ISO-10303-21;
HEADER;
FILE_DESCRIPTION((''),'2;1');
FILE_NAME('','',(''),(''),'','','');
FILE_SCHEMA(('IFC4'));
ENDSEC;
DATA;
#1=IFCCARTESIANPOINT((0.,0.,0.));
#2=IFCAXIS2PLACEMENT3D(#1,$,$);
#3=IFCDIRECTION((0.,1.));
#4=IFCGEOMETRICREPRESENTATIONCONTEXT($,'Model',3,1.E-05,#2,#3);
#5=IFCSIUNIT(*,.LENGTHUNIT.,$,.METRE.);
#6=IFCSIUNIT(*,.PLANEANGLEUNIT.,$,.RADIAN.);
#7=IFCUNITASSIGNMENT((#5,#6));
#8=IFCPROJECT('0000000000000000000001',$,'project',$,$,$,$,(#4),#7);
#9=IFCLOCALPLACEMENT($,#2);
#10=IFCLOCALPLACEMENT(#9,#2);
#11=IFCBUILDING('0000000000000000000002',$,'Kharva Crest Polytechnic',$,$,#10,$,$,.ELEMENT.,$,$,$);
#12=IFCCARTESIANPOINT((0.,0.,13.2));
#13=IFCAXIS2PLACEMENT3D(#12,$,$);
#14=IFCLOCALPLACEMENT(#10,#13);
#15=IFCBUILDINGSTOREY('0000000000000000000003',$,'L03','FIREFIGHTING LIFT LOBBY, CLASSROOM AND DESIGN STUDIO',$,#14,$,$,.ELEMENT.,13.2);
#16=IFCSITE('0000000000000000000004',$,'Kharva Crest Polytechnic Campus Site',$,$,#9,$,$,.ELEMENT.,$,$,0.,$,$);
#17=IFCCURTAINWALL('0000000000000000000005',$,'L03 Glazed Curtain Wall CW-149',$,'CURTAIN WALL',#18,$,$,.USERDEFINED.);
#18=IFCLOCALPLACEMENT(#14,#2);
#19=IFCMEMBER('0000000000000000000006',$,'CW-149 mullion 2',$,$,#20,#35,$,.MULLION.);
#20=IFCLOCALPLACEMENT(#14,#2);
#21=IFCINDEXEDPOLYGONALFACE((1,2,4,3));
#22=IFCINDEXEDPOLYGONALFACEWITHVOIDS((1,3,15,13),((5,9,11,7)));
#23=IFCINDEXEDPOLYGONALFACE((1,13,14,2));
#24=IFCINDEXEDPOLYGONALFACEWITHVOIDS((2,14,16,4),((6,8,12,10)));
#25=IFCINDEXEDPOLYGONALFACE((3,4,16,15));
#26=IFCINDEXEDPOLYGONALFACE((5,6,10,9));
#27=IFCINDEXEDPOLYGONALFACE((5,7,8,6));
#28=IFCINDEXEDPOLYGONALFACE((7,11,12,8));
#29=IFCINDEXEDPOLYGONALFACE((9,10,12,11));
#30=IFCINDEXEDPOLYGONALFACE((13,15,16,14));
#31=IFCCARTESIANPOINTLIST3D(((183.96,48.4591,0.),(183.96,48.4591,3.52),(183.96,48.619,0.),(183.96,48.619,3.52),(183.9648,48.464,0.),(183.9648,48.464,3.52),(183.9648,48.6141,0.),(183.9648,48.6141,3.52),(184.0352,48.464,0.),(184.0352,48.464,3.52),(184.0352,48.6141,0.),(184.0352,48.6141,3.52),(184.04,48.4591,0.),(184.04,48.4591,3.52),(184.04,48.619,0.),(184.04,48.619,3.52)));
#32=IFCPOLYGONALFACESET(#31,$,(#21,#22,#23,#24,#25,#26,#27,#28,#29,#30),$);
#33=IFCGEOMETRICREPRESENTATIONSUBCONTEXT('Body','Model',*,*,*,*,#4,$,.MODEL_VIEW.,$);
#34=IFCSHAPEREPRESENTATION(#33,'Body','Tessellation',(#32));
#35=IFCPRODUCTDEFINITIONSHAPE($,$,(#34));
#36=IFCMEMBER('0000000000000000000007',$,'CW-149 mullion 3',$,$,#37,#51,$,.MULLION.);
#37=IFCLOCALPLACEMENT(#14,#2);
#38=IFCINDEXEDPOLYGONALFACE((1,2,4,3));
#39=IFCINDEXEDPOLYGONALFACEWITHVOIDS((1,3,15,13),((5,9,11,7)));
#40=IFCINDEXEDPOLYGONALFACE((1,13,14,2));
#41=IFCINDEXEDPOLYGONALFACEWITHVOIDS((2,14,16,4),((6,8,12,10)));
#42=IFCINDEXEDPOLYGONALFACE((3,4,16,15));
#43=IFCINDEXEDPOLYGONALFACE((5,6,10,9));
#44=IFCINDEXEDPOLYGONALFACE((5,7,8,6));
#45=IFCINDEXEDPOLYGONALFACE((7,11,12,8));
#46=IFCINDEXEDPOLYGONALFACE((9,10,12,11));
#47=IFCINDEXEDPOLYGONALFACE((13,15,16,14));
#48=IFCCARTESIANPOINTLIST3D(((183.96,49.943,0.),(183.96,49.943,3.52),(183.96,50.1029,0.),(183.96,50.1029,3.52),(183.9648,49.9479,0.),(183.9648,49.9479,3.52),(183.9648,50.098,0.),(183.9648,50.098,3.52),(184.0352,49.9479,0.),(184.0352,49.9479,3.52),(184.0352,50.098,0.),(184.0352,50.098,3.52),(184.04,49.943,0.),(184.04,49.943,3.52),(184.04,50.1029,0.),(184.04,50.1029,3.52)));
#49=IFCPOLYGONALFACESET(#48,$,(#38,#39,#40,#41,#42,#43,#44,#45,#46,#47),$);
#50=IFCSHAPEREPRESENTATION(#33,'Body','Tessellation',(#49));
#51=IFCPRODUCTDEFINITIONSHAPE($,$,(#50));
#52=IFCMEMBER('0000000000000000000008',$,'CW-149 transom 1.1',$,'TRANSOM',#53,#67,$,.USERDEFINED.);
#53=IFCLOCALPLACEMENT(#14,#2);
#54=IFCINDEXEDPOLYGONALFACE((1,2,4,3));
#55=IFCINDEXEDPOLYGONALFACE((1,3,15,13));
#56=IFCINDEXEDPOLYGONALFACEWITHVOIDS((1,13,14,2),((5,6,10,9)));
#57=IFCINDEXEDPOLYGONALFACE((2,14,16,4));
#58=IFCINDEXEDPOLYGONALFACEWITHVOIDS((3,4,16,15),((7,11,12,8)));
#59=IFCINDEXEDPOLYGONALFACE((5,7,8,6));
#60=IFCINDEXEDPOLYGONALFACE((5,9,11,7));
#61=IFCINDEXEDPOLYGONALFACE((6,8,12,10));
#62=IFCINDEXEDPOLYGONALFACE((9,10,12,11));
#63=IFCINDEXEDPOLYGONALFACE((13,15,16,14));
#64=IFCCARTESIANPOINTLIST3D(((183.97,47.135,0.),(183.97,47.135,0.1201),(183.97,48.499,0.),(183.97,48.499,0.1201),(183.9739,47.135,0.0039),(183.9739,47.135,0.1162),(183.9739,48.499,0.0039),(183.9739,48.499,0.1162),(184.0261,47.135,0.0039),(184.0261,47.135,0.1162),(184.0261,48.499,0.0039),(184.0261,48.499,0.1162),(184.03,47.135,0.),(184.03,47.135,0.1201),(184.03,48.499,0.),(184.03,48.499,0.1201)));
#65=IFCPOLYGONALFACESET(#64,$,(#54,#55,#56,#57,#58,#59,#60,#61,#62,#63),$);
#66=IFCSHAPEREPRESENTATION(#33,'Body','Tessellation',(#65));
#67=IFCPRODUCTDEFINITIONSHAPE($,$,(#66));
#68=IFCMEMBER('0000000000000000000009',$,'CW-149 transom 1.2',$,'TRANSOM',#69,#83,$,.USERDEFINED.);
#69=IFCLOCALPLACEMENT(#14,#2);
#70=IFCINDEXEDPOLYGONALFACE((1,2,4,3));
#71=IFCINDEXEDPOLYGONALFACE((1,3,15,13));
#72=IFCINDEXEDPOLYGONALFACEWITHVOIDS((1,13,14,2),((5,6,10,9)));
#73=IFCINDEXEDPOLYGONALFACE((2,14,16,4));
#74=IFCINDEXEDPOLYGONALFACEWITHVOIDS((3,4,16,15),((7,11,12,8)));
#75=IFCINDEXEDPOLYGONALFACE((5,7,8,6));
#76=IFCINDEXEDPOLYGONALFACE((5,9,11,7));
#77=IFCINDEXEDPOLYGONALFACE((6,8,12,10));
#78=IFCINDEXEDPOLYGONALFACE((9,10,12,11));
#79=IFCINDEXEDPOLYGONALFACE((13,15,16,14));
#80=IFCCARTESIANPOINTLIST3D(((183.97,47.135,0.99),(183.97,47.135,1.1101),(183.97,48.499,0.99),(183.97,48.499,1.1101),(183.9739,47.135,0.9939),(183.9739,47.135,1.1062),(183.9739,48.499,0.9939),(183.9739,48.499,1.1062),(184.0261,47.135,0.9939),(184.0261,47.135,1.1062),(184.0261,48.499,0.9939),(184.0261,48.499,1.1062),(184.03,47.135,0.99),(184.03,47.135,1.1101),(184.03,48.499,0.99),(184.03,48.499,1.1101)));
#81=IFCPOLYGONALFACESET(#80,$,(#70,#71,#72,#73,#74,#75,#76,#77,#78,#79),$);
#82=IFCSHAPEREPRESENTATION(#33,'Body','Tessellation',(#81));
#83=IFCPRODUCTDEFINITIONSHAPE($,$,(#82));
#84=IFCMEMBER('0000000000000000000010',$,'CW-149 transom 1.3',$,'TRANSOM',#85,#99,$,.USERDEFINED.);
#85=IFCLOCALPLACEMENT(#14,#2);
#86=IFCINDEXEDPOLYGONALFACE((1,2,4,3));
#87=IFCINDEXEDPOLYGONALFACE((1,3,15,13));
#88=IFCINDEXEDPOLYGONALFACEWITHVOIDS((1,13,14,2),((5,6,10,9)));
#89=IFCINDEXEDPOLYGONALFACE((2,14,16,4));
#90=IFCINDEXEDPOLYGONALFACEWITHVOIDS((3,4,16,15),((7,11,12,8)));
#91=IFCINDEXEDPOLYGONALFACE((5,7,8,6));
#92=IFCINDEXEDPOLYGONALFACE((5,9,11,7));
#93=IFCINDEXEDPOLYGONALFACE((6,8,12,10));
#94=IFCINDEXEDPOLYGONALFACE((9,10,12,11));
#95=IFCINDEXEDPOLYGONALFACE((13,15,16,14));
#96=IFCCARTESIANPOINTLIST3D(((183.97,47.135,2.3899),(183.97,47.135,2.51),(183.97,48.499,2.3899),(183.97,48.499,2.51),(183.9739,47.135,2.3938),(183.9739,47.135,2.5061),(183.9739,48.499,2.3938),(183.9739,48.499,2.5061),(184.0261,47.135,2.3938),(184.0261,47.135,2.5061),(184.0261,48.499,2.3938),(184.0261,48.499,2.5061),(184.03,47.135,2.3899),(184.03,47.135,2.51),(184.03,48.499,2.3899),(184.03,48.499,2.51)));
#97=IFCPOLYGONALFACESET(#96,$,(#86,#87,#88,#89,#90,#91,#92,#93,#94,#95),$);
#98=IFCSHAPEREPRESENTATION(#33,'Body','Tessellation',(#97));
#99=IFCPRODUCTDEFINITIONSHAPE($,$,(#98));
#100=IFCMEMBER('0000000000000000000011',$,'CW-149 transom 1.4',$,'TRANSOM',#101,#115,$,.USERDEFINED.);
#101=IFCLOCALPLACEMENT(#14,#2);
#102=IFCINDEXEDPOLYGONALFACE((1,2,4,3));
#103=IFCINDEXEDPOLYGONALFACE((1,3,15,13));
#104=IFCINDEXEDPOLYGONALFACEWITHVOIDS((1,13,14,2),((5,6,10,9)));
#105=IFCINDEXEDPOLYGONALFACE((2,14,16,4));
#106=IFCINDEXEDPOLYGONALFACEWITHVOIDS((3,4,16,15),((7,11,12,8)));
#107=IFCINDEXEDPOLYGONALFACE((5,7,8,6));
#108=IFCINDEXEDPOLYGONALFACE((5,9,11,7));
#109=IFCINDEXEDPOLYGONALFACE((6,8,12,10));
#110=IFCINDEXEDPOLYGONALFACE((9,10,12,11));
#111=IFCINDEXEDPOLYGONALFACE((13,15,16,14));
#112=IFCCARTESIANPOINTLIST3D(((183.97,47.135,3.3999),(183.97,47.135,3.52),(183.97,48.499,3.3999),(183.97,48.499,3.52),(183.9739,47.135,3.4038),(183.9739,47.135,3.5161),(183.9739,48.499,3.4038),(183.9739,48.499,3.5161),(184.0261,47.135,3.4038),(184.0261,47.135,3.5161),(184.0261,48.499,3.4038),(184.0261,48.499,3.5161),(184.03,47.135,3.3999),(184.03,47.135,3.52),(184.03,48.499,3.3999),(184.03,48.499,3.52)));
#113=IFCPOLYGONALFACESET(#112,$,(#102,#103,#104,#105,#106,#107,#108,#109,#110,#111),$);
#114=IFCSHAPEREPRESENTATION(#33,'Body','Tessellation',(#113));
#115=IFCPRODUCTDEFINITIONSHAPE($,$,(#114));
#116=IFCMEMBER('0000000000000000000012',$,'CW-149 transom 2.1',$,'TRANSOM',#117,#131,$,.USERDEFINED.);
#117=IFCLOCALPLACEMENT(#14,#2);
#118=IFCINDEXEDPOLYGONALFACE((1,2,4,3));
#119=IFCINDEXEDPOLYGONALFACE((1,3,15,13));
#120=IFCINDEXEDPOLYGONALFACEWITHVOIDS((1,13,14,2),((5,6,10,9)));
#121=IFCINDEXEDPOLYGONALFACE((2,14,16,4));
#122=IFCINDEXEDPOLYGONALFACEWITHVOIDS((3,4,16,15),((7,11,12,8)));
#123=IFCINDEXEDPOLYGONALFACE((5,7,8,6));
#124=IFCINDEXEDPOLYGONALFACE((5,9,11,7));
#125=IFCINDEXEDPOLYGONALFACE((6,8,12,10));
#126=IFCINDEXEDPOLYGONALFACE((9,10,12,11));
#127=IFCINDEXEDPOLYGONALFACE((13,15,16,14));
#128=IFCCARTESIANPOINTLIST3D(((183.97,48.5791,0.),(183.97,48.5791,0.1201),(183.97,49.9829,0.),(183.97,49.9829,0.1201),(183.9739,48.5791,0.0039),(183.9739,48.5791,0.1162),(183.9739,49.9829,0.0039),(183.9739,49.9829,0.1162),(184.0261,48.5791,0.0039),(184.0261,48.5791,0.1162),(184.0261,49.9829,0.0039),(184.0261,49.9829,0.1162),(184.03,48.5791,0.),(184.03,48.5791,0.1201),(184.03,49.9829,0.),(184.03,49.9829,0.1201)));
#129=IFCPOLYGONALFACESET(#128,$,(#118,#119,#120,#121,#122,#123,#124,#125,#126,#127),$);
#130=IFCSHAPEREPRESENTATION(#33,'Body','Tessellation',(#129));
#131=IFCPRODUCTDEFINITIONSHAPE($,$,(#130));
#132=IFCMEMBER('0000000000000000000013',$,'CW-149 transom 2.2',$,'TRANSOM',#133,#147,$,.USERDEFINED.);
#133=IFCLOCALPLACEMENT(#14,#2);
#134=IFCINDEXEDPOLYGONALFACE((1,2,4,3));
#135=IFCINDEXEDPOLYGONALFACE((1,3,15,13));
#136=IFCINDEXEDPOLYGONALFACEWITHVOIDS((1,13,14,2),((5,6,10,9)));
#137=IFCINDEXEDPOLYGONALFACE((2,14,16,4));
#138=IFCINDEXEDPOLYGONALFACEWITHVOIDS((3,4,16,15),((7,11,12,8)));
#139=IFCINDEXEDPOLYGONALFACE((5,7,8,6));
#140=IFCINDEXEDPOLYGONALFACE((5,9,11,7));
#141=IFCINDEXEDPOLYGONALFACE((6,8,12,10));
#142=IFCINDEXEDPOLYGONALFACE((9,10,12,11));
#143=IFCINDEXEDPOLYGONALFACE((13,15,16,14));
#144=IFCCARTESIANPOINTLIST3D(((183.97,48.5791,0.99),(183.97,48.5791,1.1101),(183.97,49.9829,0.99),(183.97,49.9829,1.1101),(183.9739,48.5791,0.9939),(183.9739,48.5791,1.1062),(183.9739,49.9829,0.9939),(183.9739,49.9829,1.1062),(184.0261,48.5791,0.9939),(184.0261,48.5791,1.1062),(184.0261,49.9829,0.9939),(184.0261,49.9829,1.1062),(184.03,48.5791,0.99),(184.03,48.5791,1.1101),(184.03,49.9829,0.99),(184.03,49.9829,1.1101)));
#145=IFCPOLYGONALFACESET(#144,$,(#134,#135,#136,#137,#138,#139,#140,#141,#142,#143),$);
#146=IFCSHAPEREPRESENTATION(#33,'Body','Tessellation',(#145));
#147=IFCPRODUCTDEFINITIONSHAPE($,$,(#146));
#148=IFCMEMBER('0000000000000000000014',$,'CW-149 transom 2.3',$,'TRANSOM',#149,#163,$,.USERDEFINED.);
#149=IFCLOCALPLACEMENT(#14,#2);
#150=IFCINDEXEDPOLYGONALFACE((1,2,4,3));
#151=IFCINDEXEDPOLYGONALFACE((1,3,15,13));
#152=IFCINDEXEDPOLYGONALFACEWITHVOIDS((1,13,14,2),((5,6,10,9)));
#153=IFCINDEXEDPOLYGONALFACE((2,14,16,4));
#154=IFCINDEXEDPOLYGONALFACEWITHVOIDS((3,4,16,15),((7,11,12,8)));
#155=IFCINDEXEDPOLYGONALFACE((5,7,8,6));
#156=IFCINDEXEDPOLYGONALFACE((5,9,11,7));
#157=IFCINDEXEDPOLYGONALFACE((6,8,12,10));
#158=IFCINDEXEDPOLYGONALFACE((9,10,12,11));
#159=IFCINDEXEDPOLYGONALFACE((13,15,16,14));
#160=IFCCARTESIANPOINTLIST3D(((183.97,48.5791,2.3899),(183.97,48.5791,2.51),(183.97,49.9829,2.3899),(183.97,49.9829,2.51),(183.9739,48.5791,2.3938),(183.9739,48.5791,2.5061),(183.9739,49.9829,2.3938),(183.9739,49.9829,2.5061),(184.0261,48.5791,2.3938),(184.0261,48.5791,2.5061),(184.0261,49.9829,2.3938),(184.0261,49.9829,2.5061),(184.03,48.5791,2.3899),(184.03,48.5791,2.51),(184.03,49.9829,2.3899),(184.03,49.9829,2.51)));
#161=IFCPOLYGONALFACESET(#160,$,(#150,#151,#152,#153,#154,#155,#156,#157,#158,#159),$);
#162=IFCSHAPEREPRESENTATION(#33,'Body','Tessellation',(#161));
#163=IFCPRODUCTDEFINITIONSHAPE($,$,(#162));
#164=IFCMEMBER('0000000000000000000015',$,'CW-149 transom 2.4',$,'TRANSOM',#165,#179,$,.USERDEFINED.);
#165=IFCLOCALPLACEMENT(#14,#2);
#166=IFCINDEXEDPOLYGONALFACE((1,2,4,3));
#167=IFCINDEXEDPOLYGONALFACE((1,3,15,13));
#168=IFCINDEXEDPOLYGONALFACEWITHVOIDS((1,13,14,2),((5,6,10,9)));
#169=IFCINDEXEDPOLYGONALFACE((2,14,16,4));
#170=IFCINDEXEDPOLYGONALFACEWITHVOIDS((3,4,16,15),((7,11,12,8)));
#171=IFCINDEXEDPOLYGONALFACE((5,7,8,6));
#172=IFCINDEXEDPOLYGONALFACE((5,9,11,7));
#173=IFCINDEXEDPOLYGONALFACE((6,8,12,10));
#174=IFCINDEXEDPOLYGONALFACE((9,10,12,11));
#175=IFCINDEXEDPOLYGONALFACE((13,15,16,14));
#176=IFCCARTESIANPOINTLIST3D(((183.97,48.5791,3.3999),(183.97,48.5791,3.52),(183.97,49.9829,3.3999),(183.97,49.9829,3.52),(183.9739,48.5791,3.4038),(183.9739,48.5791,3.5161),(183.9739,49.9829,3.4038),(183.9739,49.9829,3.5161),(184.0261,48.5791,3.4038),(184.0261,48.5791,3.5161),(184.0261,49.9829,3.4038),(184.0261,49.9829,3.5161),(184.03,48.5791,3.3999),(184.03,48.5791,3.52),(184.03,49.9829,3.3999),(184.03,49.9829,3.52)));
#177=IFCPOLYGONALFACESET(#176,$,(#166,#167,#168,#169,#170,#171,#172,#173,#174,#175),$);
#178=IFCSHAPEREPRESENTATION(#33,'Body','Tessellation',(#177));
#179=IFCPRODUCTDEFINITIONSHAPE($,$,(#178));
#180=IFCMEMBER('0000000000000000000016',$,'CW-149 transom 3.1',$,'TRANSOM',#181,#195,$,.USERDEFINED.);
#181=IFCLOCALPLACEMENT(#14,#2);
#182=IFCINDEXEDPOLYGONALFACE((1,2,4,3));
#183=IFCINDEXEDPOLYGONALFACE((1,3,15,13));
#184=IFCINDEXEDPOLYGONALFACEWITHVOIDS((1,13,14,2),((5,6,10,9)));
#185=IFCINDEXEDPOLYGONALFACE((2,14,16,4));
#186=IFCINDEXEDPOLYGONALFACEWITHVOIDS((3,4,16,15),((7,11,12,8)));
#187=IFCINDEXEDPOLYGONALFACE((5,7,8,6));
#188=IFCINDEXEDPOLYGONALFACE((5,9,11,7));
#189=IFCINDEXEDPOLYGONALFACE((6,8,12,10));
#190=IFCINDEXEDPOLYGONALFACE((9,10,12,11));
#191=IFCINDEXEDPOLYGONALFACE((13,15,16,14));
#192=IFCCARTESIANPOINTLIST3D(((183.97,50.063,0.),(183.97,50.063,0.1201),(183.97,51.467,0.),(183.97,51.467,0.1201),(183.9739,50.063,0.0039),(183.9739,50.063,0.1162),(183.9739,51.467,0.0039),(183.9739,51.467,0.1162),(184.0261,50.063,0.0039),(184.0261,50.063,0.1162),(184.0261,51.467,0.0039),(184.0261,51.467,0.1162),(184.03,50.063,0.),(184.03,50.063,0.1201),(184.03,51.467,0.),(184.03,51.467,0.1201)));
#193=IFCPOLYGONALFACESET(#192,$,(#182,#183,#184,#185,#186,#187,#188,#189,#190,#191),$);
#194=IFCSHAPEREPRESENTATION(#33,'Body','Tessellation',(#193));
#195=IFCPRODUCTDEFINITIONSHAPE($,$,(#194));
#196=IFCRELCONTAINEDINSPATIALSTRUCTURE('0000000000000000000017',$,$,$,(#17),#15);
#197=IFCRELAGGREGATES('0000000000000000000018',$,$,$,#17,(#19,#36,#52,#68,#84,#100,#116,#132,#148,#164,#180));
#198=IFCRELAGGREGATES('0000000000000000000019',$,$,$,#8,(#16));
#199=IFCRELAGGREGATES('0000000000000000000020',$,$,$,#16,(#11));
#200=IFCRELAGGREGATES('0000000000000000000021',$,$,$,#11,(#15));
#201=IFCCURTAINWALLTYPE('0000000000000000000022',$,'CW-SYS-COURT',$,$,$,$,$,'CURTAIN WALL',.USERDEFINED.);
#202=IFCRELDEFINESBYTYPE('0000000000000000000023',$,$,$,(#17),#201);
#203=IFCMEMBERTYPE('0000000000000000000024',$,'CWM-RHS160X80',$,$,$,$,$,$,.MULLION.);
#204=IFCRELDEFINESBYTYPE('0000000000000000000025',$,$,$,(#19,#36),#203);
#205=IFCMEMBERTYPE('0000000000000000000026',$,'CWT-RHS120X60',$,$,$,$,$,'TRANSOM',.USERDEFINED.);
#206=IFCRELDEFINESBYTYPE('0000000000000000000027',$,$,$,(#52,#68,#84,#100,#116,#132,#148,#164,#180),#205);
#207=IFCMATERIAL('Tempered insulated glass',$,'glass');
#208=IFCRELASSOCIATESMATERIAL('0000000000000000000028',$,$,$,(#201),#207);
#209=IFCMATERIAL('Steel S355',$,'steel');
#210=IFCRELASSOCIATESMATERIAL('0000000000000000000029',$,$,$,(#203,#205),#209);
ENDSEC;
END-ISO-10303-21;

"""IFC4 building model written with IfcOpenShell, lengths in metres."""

from ifc_helpers import new_model, si_unit, direction, frame, origin, origin_2d, place, context, subcontext, project, spatial, hollow_rectangle, extrude, material, material_profile, profile_set, type_object, element, aggregate, save


model = new_model("IFC4")

# Units and contexts
model_context = context("Model", 3, precision=1e-05, world=origin(), true_north=direction((0.0, 1.0)))
body_context = subcontext(model_context, "Body", "Model", "MODEL_VIEW")
ifc_project = project(units=[si_unit("LENGTHUNIT", "METRE"), si_unit("PLANEANGLEUNIT", "RADIAN")], contexts=[model_context])

# Site, building, storey
site_placement = place(None, origin())
site = spatial("IfcSite", under=ifc_project, at=site_placement, Name="Kharva Crest Polytechnic Campus Site", CompositionType="ELEMENT", RefElevation=0.0)
building_placement = place(site_placement, origin())
building = spatial("IfcBuilding", under=site, at=building_placement, Name="Kharva Crest Polytechnic", CompositionType="ELEMENT")
storey_placement = place(building_placement, frame((0.0, 0.0, 13.2)))
storey = spatial("IfcBuildingStorey", under=building, at=storey_placement, Name="L03", Description="FIREFIGHTING LIFT LOBBY, CLASSROOM AND DESIGN STUDIO", CompositionType="ELEMENT", Elevation=13.2)

# Curtain wall, members
ifc_material_1 = material(Name="Tempered insulated glass", Category="glass")
curtain_wall_type = type_object("IfcCurtainWallType", Name="CW-SYS-COURT", ElementType="CURTAIN WALL", PredefinedType="USERDEFINED", material=ifc_material_1)
curtain_wall_placement = place(storey_placement, origin())
curtain_wall = element("IfcCurtainWall", 1, at=curtain_wall_placement, inside=storey, type_object=curtain_wall_type, Name="L03 Glazed Curtain Wall CW-149", ObjectType="CURTAIN WALL", PredefinedType="USERDEFINED")
ifc_material_2 = material(Name="Steel S355", Category="steel")
ifc_material_profile_1 = material_profile(ifc_material_2, hollow_rectangle(XDim=0.0801, YDim=0.1599, WallThickness=0.0049, at=origin_2d()), Name="RHS 160X80X5.0")
ifc_profile_set_1 = profile_set([ifc_material_profile_1], Name="Steel S355")
member_type_1 = type_object("IfcMemberType", Name="CWM-RHS160X80", PredefinedType="MULLION", material=ifc_profile_set_1)
member_1_placement = place(storey_placement, frame((184.0, 48.5391, 0.0), z_axis=(0.0, 0.0, 1.0), x_axis=(-1.0, 0.0, 0.0)))
member_1 = element("IfcMember", 2, at=member_1_placement, type_object=member_type_1, Name="CW-149 mullion 2", PredefinedType="MULLION", context=body_context, shape_type="SweptSolid", body=[
    extrude(hollow_rectangle(XDim=0.0801, YDim=0.1599, WallThickness=0.0049, at=origin_2d()), origin(), (0.0, 0.0, 1.0), 3.52),
])
member_2_placement = place(storey_placement, frame((184.0, 50.0229, 0.0), z_axis=(0.0, 0.0, 1.0), x_axis=(-1.0, 0.0, 0.0)))
member_2 = element("IfcMember", 3, at=member_2_placement, type_object=member_type_1, Name="CW-149 mullion 3", PredefinedType="MULLION", context=body_context, shape_type="SweptSolid", body=[
    extrude(hollow_rectangle(XDim=0.0801, YDim=0.1599, WallThickness=0.0049, at=origin_2d()), origin(), (0.0, 0.0, 1.0), 3.52),
])
ifc_material_profile_2 = material_profile(ifc_material_2, hollow_rectangle(XDim=0.0601, YDim=0.1201, WallThickness=0.0039, at=origin_2d()), Name="RHS 120X60X4.0")
ifc_profile_set_2 = profile_set([ifc_material_profile_2], Name="Steel S355")
member_type_2 = type_object("IfcMemberType", Name="CWT-RHS120X60", ElementType="TRANSOM", PredefinedType="USERDEFINED", material=ifc_profile_set_2)
member_3_placement = place(storey_placement, frame((184.0, 47.135, 0.0601), z_axis=(0.0, 1.0, 0.0), x_axis=(-1.0, 0.0, 0.0)))
member_3 = element("IfcMember", 4, at=member_3_placement, type_object=member_type_2, Name="CW-149 transom 1.1", ObjectType="TRANSOM", PredefinedType="USERDEFINED", context=body_context, shape_type="SweptSolid", body=[
    extrude(hollow_rectangle(XDim=0.0601, YDim=0.1201, WallThickness=0.0039, at=origin_2d()), origin(), (0.0, 0.0, 1.0), 1.364),
])
member_4_placement = place(storey_placement, frame((184.0, 47.135, 1.05), z_axis=(0.0, 1.0, 0.0), x_axis=(-1.0, 0.0, 0.0)))
member_4 = element("IfcMember", 5, at=member_4_placement, type_object=member_type_2, Name="CW-149 transom 1.2", ObjectType="TRANSOM", PredefinedType="USERDEFINED", context=body_context, shape_type="SweptSolid", body=[
    extrude(hollow_rectangle(XDim=0.0601, YDim=0.1201, WallThickness=0.0039, at=origin_2d()), origin(), (0.0, 0.0, 1.0), 1.364),
])
member_5_placement = place(storey_placement, frame((184.0, 47.135, 2.45), z_axis=(0.0, 1.0, 0.0), x_axis=(-1.0, 0.0, 0.0)))
member_5 = element("IfcMember", 6, at=member_5_placement, type_object=member_type_2, Name="CW-149 transom 1.3", ObjectType="TRANSOM", PredefinedType="USERDEFINED", context=body_context, shape_type="SweptSolid", body=[
    extrude(hollow_rectangle(XDim=0.0601, YDim=0.1201, WallThickness=0.0039, at=origin_2d()), origin(), (0.0, 0.0, 1.0), 1.364),
])
member_6_placement = place(storey_placement, frame((184.0, 47.135, 3.46), z_axis=(0.0, 1.0, 0.0), x_axis=(-1.0, 0.0, 0.0)))
member_6 = element("IfcMember", 7, at=member_6_placement, type_object=member_type_2, Name="CW-149 transom 1.4", ObjectType="TRANSOM", PredefinedType="USERDEFINED", context=body_context, shape_type="SweptSolid", body=[
    extrude(hollow_rectangle(XDim=0.0601, YDim=0.1201, WallThickness=0.0039, at=origin_2d()), origin(), (0.0, 0.0, 1.0), 1.364),
])
member_7_placement = place(storey_placement, frame((184.0, 48.5791, 0.0601), z_axis=(0.0, 1.0, 0.0), x_axis=(-1.0, 0.0, 0.0)))
member_7 = element("IfcMember", 8, at=member_7_placement, type_object=member_type_2, Name="CW-149 transom 2.1", ObjectType="TRANSOM", PredefinedType="USERDEFINED", context=body_context, shape_type="SweptSolid", body=[
    extrude(hollow_rectangle(XDim=0.0601, YDim=0.1201, WallThickness=0.0039, at=origin_2d()), origin(), (0.0, 0.0, 1.0), 1.4038),
])
member_8_placement = place(storey_placement, frame((184.0, 48.5791, 1.05), z_axis=(0.0, 1.0, 0.0), x_axis=(-1.0, 0.0, 0.0)))
member_8 = element("IfcMember", 9, at=member_8_placement, type_object=member_type_2, Name="CW-149 transom 2.2", ObjectType="TRANSOM", PredefinedType="USERDEFINED", context=body_context, shape_type="SweptSolid", body=[
    extrude(hollow_rectangle(XDim=0.0601, YDim=0.1201, WallThickness=0.0039, at=origin_2d()), origin(), (0.0, 0.0, 1.0), 1.4038),
])
member_9_placement = place(storey_placement, frame((184.0, 48.5791, 2.45), z_axis=(0.0, 1.0, 0.0), x_axis=(-1.0, 0.0, 0.0)))
member_9 = element("IfcMember", 10, at=member_9_placement, type_object=member_type_2, Name="CW-149 transom 2.3", ObjectType="TRANSOM", PredefinedType="USERDEFINED", context=body_context, shape_type="SweptSolid", body=[
    extrude(hollow_rectangle(XDim=0.0601, YDim=0.1201, WallThickness=0.0039, at=origin_2d()), origin(), (0.0, 0.0, 1.0), 1.4038),
])
member_10_placement = place(storey_placement, frame((184.0, 48.5791, 3.46), z_axis=(0.0, 1.0, 0.0), x_axis=(-1.0, 0.0, 0.0)))
member_10 = element("IfcMember", 11, at=member_10_placement, type_object=member_type_2, Name="CW-149 transom 2.4", ObjectType="TRANSOM", PredefinedType="USERDEFINED", context=body_context, shape_type="SweptSolid", body=[
    extrude(hollow_rectangle(XDim=0.0601, YDim=0.1201, WallThickness=0.0039, at=origin_2d()), origin(), (0.0, 0.0, 1.0), 1.4038),
])
member_11_placement = place(storey_placement, frame((184.0, 50.063, 0.0601), z_axis=(0.0, 1.0, 0.0), x_axis=(-1.0, 0.0, 0.0)))
member_11 = element("IfcMember", 12, at=member_11_placement, type_object=member_type_2, Name="CW-149 transom 3.1", ObjectType="TRANSOM", PredefinedType="USERDEFINED", context=body_context, shape_type="SweptSolid", body=[
    extrude(hollow_rectangle(XDim=0.0601, YDim=0.1201, WallThickness=0.0039, at=origin_2d()), origin(), (0.0, 0.0, 1.0), 1.4041),
])
aggregate(curtain_wall, [member_1, member_2, member_3, member_4, member_5, member_6, member_7, member_8, member_9, member_10, member_11])

save(model, "model.ifc")
